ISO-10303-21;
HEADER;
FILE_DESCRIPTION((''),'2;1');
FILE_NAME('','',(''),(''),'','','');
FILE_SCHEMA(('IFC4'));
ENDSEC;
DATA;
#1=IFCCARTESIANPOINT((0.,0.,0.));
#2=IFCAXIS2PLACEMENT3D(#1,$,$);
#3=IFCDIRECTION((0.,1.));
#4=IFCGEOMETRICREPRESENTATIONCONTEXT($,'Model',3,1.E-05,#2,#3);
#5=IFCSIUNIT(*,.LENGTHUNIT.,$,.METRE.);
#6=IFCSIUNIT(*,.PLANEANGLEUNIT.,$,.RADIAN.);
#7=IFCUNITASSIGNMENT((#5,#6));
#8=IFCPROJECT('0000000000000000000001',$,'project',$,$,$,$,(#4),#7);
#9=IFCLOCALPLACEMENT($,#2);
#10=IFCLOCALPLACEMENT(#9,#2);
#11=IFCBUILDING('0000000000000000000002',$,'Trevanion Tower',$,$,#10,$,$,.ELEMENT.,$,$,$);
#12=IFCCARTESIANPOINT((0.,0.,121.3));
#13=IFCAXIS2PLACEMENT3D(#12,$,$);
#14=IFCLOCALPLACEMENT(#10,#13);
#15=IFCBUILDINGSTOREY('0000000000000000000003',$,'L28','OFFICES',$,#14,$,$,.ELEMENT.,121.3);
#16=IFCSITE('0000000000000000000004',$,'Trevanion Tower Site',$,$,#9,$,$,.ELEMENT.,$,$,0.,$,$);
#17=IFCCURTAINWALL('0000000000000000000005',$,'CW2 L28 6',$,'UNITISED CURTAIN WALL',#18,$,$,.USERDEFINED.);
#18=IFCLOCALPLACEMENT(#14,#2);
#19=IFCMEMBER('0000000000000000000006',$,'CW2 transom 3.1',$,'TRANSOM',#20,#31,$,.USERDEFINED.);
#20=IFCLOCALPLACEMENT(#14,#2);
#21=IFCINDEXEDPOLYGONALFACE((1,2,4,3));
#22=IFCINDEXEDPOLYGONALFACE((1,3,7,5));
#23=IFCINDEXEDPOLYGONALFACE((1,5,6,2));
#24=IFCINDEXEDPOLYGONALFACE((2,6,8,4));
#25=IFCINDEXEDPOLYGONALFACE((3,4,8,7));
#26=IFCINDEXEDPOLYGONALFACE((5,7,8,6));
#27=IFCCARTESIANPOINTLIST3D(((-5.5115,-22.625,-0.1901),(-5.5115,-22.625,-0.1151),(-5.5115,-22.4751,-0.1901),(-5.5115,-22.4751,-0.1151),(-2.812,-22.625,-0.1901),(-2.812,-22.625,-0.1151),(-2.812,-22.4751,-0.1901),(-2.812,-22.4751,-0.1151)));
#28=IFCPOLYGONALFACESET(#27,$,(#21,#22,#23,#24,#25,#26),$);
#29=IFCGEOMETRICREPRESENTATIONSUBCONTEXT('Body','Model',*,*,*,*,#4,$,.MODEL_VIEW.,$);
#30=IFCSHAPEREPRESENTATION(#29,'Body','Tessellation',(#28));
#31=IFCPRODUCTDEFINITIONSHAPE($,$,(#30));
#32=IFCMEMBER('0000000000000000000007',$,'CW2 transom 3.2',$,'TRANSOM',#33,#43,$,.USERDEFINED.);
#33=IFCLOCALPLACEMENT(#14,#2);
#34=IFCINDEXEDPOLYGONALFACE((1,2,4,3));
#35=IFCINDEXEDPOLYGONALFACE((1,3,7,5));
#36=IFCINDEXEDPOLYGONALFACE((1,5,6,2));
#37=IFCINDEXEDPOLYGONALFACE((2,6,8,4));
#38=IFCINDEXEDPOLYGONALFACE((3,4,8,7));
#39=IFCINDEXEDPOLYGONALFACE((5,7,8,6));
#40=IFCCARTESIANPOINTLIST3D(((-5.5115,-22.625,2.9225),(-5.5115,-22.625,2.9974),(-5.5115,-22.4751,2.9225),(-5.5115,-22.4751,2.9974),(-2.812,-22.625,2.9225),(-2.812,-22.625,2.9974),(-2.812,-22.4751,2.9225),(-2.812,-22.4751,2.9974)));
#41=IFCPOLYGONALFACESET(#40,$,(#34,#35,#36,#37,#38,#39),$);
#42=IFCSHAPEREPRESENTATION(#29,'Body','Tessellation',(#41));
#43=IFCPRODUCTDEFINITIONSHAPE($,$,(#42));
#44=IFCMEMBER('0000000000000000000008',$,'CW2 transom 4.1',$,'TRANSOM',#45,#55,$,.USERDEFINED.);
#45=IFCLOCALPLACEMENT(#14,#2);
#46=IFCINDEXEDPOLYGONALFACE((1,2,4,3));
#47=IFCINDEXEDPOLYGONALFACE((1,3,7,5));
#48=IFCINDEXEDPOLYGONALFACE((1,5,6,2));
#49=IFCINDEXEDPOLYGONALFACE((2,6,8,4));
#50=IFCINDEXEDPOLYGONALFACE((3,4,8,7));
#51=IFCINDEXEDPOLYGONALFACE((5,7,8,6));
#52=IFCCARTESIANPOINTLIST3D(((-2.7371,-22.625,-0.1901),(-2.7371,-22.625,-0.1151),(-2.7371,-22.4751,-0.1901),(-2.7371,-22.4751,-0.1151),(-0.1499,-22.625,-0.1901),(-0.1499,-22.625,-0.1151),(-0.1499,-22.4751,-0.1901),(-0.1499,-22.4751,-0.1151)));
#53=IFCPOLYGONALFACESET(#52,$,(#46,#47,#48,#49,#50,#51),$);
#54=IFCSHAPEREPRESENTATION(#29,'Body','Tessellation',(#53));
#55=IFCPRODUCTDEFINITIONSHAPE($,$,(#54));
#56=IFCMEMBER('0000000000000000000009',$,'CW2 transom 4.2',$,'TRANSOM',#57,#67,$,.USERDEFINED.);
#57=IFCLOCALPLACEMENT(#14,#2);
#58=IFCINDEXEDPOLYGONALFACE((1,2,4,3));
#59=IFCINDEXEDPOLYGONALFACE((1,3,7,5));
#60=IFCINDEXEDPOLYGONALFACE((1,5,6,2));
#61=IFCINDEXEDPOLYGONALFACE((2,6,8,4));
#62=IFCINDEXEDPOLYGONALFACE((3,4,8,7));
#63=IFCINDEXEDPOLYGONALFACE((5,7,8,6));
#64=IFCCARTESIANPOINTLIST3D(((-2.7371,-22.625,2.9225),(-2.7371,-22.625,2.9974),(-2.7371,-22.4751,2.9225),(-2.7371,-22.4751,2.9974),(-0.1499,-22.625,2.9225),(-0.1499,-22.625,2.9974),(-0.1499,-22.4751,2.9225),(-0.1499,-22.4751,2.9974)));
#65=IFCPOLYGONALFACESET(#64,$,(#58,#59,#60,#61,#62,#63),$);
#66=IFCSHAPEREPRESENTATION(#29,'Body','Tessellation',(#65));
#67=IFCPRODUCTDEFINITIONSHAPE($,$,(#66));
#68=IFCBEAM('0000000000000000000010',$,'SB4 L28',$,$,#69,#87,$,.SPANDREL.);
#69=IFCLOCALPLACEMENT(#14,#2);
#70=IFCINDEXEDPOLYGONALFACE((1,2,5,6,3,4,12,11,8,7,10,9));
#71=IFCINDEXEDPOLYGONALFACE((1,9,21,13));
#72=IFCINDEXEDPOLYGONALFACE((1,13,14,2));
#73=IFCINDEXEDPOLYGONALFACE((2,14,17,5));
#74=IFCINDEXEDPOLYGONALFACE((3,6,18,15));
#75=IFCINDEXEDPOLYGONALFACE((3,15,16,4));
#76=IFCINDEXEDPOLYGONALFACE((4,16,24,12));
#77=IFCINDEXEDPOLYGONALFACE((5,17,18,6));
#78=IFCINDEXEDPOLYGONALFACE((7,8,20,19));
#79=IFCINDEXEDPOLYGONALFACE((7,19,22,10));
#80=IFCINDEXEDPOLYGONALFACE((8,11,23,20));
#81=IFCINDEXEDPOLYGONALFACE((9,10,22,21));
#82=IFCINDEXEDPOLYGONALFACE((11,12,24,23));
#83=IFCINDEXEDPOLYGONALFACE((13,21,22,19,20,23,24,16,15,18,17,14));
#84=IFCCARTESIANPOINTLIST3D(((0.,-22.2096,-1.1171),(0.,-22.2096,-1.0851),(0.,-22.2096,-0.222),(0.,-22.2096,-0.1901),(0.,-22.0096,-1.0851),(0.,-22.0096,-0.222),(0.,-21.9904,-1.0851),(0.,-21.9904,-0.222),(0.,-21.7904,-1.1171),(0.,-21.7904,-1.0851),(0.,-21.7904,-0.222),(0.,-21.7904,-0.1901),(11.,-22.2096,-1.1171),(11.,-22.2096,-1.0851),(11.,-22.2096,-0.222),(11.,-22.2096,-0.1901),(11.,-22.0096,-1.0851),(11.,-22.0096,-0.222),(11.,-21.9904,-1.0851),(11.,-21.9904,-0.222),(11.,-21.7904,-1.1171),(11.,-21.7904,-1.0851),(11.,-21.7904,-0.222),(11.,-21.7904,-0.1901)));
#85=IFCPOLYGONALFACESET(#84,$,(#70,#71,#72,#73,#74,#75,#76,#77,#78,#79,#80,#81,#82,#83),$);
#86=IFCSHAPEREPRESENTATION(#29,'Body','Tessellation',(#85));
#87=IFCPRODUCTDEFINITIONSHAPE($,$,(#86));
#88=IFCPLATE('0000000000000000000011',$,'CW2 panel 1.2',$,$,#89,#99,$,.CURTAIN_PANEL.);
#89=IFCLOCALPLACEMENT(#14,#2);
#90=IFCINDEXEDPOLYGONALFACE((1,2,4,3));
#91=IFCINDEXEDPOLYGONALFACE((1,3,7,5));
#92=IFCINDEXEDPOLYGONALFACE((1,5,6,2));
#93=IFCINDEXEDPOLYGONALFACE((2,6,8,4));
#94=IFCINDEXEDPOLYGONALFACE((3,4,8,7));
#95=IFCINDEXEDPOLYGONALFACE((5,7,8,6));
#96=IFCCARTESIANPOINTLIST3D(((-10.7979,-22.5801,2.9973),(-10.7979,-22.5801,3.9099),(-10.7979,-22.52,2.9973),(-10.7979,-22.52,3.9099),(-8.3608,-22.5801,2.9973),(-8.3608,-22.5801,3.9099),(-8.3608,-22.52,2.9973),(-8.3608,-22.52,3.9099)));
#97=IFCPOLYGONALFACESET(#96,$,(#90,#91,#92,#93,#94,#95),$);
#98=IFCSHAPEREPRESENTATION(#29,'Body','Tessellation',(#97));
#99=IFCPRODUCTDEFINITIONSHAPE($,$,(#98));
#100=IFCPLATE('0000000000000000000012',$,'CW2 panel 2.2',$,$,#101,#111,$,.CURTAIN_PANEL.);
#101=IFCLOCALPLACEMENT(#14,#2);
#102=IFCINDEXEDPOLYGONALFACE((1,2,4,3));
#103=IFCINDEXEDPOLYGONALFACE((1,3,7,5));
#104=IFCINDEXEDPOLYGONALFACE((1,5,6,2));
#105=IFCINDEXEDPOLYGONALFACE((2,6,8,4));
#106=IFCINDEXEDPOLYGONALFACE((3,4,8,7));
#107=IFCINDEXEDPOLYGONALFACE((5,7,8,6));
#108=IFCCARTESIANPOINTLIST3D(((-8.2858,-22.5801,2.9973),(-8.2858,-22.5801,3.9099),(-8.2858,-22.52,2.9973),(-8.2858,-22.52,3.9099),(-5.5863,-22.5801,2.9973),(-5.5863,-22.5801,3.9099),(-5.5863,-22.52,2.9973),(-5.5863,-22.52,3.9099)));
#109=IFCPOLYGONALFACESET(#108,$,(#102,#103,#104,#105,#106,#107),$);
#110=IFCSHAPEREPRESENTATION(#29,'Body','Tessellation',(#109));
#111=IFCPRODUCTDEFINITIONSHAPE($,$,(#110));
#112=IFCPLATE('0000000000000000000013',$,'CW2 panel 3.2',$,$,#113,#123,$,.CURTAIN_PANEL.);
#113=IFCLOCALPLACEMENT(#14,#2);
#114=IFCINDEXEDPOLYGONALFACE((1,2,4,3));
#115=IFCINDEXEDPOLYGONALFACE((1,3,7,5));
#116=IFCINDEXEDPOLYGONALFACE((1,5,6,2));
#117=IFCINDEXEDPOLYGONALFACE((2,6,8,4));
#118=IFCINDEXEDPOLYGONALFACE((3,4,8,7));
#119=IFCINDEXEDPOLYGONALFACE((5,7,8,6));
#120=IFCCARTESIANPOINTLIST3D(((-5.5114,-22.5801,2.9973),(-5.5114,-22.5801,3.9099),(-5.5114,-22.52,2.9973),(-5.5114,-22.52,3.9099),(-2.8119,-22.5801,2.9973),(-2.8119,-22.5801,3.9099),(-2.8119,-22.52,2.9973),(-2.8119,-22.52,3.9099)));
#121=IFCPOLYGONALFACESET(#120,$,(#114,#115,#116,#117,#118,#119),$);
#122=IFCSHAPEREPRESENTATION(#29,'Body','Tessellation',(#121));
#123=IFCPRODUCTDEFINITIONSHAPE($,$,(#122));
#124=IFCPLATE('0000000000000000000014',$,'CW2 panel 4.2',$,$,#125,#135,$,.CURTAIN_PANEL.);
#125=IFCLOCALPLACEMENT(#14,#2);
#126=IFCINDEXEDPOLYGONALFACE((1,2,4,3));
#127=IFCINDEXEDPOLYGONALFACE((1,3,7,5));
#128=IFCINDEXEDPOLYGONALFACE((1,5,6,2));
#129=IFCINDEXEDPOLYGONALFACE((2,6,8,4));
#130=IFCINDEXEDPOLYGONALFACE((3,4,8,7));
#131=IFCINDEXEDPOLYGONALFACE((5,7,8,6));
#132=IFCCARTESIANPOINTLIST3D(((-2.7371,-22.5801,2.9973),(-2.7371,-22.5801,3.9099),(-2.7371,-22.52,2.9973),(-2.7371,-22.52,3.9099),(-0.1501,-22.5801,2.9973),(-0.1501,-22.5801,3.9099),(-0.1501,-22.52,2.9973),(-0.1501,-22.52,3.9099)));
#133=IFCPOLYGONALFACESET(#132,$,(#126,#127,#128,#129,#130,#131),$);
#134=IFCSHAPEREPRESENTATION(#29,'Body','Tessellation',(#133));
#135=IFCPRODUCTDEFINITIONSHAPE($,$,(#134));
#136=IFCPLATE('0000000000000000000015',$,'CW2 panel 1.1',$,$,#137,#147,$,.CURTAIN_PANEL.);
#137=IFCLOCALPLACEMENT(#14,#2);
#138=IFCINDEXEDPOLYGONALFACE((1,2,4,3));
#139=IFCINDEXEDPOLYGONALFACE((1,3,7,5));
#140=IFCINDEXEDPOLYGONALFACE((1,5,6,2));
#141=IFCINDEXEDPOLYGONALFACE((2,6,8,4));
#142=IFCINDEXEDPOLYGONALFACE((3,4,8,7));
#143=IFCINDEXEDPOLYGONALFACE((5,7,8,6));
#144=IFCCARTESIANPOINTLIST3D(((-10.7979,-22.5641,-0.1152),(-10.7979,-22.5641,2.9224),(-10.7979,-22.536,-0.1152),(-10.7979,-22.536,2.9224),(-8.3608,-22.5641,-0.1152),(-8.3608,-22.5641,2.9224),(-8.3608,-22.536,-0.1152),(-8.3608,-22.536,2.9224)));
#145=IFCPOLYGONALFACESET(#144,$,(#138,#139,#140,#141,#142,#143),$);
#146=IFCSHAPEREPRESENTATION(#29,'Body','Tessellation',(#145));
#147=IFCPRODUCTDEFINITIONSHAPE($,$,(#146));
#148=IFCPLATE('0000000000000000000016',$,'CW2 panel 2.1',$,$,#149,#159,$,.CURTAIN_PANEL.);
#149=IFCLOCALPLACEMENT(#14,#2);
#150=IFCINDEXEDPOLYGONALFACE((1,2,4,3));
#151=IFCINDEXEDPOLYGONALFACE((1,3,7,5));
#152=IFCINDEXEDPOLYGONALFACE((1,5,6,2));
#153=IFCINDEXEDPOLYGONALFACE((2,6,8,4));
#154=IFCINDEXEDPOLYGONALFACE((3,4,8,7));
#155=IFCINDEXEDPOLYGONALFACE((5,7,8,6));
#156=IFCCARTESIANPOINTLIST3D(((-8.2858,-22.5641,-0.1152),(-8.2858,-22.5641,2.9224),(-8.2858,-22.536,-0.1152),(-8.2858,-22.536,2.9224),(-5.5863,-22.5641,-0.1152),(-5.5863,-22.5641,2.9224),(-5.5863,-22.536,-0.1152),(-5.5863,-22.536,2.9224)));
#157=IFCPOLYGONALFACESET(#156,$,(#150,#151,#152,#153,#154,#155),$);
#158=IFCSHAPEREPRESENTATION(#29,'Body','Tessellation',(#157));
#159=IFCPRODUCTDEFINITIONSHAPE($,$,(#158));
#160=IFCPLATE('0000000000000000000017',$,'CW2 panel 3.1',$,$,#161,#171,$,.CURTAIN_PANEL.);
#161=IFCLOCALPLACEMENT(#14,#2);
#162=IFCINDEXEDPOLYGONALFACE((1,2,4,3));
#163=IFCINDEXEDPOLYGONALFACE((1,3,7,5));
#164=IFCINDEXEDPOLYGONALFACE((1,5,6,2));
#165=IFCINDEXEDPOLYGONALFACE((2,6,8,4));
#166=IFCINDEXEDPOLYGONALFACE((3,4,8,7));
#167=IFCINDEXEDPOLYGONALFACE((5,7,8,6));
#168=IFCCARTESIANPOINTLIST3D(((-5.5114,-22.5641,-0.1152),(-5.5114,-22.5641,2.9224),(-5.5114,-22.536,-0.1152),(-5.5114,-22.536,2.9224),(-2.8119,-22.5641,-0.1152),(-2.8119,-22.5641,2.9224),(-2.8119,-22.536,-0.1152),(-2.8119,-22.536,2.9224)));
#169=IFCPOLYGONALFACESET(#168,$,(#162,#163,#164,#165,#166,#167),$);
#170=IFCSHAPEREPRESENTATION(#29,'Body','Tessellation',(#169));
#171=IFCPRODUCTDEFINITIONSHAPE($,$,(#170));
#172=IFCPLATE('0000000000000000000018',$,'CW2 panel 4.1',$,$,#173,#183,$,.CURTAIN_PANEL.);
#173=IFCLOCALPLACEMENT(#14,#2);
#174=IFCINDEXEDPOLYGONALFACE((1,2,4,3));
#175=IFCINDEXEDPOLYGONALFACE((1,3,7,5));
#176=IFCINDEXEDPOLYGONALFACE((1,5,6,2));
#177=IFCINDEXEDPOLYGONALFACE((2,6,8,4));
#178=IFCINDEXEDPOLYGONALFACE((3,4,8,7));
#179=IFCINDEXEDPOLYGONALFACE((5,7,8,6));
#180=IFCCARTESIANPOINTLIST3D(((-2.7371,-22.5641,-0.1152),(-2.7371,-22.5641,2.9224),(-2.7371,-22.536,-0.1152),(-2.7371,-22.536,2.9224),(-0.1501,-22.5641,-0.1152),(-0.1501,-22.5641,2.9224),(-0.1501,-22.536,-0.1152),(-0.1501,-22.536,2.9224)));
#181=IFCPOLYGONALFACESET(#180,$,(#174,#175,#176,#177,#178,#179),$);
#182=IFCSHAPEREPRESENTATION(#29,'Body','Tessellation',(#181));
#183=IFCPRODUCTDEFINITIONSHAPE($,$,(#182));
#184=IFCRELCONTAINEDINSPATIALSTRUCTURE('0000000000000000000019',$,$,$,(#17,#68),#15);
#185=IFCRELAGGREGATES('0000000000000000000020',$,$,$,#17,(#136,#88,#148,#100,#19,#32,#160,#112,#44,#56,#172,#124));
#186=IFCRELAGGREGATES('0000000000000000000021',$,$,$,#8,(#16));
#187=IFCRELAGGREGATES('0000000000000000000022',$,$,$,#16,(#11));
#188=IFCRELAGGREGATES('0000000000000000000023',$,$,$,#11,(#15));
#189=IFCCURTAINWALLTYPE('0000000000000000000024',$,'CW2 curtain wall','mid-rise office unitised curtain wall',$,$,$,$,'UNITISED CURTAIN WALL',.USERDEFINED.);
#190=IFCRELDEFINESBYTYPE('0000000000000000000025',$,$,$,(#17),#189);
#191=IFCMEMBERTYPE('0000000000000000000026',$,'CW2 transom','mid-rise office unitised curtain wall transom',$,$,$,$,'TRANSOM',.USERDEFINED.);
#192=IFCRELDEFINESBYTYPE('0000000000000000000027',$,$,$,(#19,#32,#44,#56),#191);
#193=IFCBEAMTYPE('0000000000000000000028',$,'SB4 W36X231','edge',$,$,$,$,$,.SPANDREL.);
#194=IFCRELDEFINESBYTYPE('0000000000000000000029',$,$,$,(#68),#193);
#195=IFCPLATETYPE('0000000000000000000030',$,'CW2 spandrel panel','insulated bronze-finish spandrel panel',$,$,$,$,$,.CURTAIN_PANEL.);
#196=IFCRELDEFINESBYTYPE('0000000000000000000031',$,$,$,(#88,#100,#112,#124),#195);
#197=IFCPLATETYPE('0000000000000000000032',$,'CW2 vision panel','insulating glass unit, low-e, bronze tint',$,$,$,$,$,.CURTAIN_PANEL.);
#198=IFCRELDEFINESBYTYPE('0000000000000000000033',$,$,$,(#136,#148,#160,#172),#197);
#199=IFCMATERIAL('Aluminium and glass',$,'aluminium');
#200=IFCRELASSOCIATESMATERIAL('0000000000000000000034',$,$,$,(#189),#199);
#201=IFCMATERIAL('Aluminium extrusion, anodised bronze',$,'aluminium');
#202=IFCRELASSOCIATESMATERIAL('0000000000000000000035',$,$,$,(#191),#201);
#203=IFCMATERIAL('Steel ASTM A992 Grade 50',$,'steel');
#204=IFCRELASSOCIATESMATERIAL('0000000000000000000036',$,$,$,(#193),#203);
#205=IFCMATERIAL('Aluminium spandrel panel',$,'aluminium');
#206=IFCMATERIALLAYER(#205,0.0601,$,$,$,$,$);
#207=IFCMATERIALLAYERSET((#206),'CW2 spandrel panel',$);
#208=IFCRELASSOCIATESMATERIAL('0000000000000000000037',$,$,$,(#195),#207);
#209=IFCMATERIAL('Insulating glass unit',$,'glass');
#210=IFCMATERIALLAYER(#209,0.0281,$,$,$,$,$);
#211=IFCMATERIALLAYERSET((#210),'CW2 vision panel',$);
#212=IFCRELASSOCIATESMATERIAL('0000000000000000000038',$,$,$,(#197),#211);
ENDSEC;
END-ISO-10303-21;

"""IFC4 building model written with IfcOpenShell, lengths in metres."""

from ifc_helpers import new_model, si_unit, direction, frame, origin, origin_2d, place, context, subcontext, project, spatial, rectangle, i_section, extrude, material, layer, layer_set, material_profile, profile_set, type_object, element, aggregate, save


model = new_model("IFC4")

# Units and contexts
model_context = context("Model", 3, precision=1e-05, world=origin(), true_north=direction((0.0, 1.0)))
body_context = subcontext(model_context, "Body", "Model", "MODEL_VIEW")
ifc_project = project(units=[si_unit("LENGTHUNIT", "METRE"), si_unit("PLANEANGLEUNIT", "RADIAN")], contexts=[model_context])

# Site, building, storey
site_placement = place(None, origin())
site = spatial("IfcSite", under=ifc_project, at=site_placement, Name="Trevanion Tower Site", CompositionType="ELEMENT", RefElevation=0.0)
building_placement = place(site_placement, origin())
building = spatial("IfcBuilding", under=site, at=building_placement, Name="Trevanion Tower", CompositionType="ELEMENT")
storey_placement = place(building_placement, frame((0.0, 0.0, 121.3)))
storey = spatial("IfcBuildingStorey", under=building, at=storey_placement, Name="L28", Description="OFFICES", CompositionType="ELEMENT", Elevation=121.3)

# Curtain wall, members
ifc_material_1 = material(Name="Aluminium and glass", Category="aluminium")
curtain_wall_type = type_object("IfcCurtainWallType", Name="CW2 curtain wall", Description="mid-rise office unitised curtain wall", ElementType="UNITISED CURTAIN WALL", PredefinedType="USERDEFINED", material=ifc_material_1)
curtain_wall_placement = place(storey_placement, origin())
curtain_wall = element("IfcCurtainWall", 1, at=curtain_wall_placement, inside=storey, type_object=curtain_wall_type, Name="CW2 L28 6", ObjectType="UNITISED CURTAIN WALL", PredefinedType="USERDEFINED")
ifc_material_2 = material(Name="Aluminium extrusion, anodised bronze", Category="aluminium")
ifc_material_profile_1 = material_profile(ifc_material_2, rectangle(XDim=0.1499, YDim=0.075, at=origin_2d()), Name="CW2 transom")
ifc_profile_set_1 = profile_set([ifc_material_profile_1], Name="Aluminium extrusion, anodised bronze")
member_type_1 = type_object("IfcMemberType", Name="CW2 transom", Description="mid-rise office unitised curtain wall transom", ElementType="TRANSOM", PredefinedType="USERDEFINED", material=ifc_profile_set_1)
member_1_placement = place(storey_placement, frame((-5.5115, -22.55, -0.1526), z_axis=(1.0, 0.0, 0.0), x_axis=(0.0, 1.0, 0.0)))
member_1 = element("IfcMember", 2, at=member_1_placement, type_object=member_type_1, Name="CW2 transom 3.1", ObjectType="TRANSOM", PredefinedType="USERDEFINED", context=body_context, shape_type="SweptSolid", body=[
    extrude(rectangle(XDim=0.1499, YDim=0.075, at=origin_2d()), origin(), (0.0, 0.0, 1.0), 2.6995),
])
member_2_placement = place(storey_placement, frame((-5.5115, -22.55, 2.96), z_axis=(1.0, 0.0, 0.0), x_axis=(0.0, 1.0, 0.0)))
member_2 = element("IfcMember", 3, at=member_2_placement, type_object=member_type_1, Name="CW2 transom 3.2", ObjectType="TRANSOM", PredefinedType="USERDEFINED", context=body_context, shape_type="SweptSolid", body=[
    extrude(rectangle(XDim=0.1499, YDim=0.075, at=origin_2d()), origin(), (0.0, 0.0, 1.0), 2.6995),
])
member_3_placement = place(storey_placement, frame((-2.7371, -22.55, -0.1526), z_axis=(1.0, 0.0, 0.0), x_axis=(0.0, 1.0, 0.0)))
member_3 = element("IfcMember", 4, at=member_3_placement, type_object=member_type_1, Name="CW2 transom 4.1", ObjectType="TRANSOM", PredefinedType="USERDEFINED", context=body_context, shape_type="SweptSolid", body=[
    extrude(rectangle(XDim=0.1499, YDim=0.075, at=origin_2d()), origin(), (0.0, 0.0, 1.0), 2.5872),
])
member_4_placement = place(storey_placement, frame((-2.7371, -22.55, 2.96), z_axis=(1.0, 0.0, 0.0), x_axis=(0.0, 1.0, 0.0)))
member_4 = element("IfcMember", 5, at=member_4_placement, type_object=member_type_1, Name="CW2 transom 4.2", ObjectType="TRANSOM", PredefinedType="USERDEFINED", context=body_context, shape_type="SweptSolid", body=[
    extrude(rectangle(XDim=0.1499, YDim=0.075, at=origin_2d()), origin(), (0.0, 0.0, 1.0), 2.5872),
])

# Beam
ifc_material_3 = material(Name="Steel ASTM A992 Grade 50", Category="steel")
ifc_material_profile_2 = material_profile(ifc_material_3, i_section(OverallWidth=0.4192, OverallDepth=0.927, WebThickness=0.0193, FlangeThickness=0.032, at=origin_2d()), Name="W36X231")
ifc_profile_set_2 = profile_set([ifc_material_profile_2], Name="Steel ASTM A992 Grade 50")
beam_type_1 = type_object("IfcBeamType", Name="SB4 W36X231", Description="edge", PredefinedType="SPANDREL", material=ifc_profile_set_2)
beam_placement = place(storey_placement, frame((0.0, -22.0, -0.6536), z_axis=(1.0, 0.0, 0.0), x_axis=(0.0, 1.0, 0.0)))
element("IfcBeam", 6, at=beam_placement, inside=storey, type_object=beam_type_1, Name="SB4 L28", PredefinedType="SPANDREL", context=body_context, shape_type="SweptSolid", body=[
    extrude(i_section(OverallWidth=0.4192, OverallDepth=0.927, WebThickness=0.0193, FlangeThickness=0.032, at=origin_2d()), origin(), (0.0, 0.0, 1.0), 11.0),
])

# Plates
ifc_material_4 = material(Name="Aluminium spandrel panel", Category="aluminium")
ifc_layer_1 = layer(ifc_material_4, 0.0601)
ifc_layer_set_1 = layer_set([ifc_layer_1], Name="CW2 spandrel panel")
plate_type_1 = type_object("IfcPlateType", Name="CW2 spandrel panel", Description="insulated bronze-finish spandrel panel", PredefinedType="CURTAIN_PANEL", material=ifc_layer_set_1)
plate_1_placement = place(storey_placement, frame((-9.5793, -22.55, 2.9973), z_axis=(0.0, 0.0, 1.0), x_axis=(1.0, 0.0, 0.0)))
plate_1 = element("IfcPlate", 7, at=plate_1_placement, type_object=plate_type_1, Name="CW2 panel 1.2", PredefinedType="CURTAIN_PANEL", context=body_context, shape_type="SweptSolid", body=[
    extrude(rectangle(XDim=2.437, YDim=0.0601, at=origin_2d()), origin(), (0.0, 0.0, 1.0), 0.9126),
])
plate_2_placement = place(storey_placement, frame((-6.936, -22.55, 2.9973), z_axis=(0.0, 0.0, 1.0), x_axis=(1.0, 0.0, 0.0)))
plate_2 = element("IfcPlate", 8, at=plate_2_placement, type_object=plate_type_1, Name="CW2 panel 2.2", PredefinedType="CURTAIN_PANEL", context=body_context, shape_type="SweptSolid", body=[
    extrude(rectangle(XDim=2.6995, YDim=0.0601, at=origin_2d()), origin(), (0.0, 0.0, 1.0), 0.9126),
])
plate_3_placement = place(storey_placement, frame((-4.1616, -22.55, 2.9973), z_axis=(0.0, 0.0, 1.0), x_axis=(1.0, 0.0, 0.0)))
plate_3 = element("IfcPlate", 9, at=plate_3_placement, type_object=plate_type_1, Name="CW2 panel 3.2", PredefinedType="CURTAIN_PANEL", context=body_context, shape_type="SweptSolid", body=[
    extrude(rectangle(XDim=2.6995, YDim=0.0601, at=origin_2d()), origin(), (0.0, 0.0, 1.0), 0.9126),
])
plate_4_placement = place(storey_placement, frame((-1.4436, -22.55, 2.9973), z_axis=(0.0, 0.0, 1.0), x_axis=(1.0, 0.0, 0.0)))
plate_4 = element("IfcPlate", 10, at=plate_4_placement, type_object=plate_type_1, Name="CW2 panel 4.2", PredefinedType="CURTAIN_PANEL", context=body_context, shape_type="SweptSolid", body=[
    extrude(rectangle(XDim=2.5869, YDim=0.0601, at=origin_2d()), origin(), (0.0, 0.0, 1.0), 0.9126),
])
ifc_material_5 = material(Name="Insulating glass unit", Category="glass")
ifc_layer_2 = layer(ifc_material_5, 0.0281)
ifc_layer_set_2 = layer_set([ifc_layer_2], Name="CW2 vision panel")
plate_type_2 = type_object("IfcPlateType", Name="CW2 vision panel", Description="insulating glass unit, low-e, bronze tint", PredefinedType="CURTAIN_PANEL", material=ifc_layer_set_2)
plate_5_placement = place(storey_placement, frame((-9.5793, -22.55, -0.1152), z_axis=(0.0, 0.0, 1.0), x_axis=(1.0, 0.0, 0.0)))
plate_5 = element("IfcPlate", 11, at=plate_5_placement, type_object=plate_type_2, Name="CW2 panel 1.1", PredefinedType="CURTAIN_PANEL", context=body_context, shape_type="SweptSolid", body=[
    extrude(rectangle(XDim=2.437, YDim=0.0281, at=origin_2d()), origin(), (0.0, 0.0, 1.0), 3.0376),
])
plate_6_placement = place(storey_placement, frame((-6.936, -22.55, -0.1152), z_axis=(0.0, 0.0, 1.0), x_axis=(1.0, 0.0, 0.0)))
plate_6 = element("IfcPlate", 12, at=plate_6_placement, type_object=plate_type_2, Name="CW2 panel 2.1", PredefinedType="CURTAIN_PANEL", context=body_context, shape_type="SweptSolid", body=[
    extrude(rectangle(XDim=2.6995, YDim=0.0281, at=origin_2d()), origin(), (0.0, 0.0, 1.0), 3.0376),
])
plate_7_placement = place(storey_placement, frame((-4.1616, -22.55, -0.1152), z_axis=(0.0, 0.0, 1.0), x_axis=(1.0, 0.0, 0.0)))
plate_7 = element("IfcPlate", 13, at=plate_7_placement, type_object=plate_type_2, Name="CW2 panel 3.1", PredefinedType="CURTAIN_PANEL", context=body_context, shape_type="SweptSolid", body=[
    extrude(rectangle(XDim=2.6995, YDim=0.0281, at=origin_2d()), origin(), (0.0, 0.0, 1.0), 3.0376),
])
plate_8_placement = place(storey_placement, frame((-1.4436, -22.55, -0.1152), z_axis=(0.0, 0.0, 1.0), x_axis=(1.0, 0.0, 0.0)))
plate_8 = element("IfcPlate", 14, at=plate_8_placement, type_object=plate_type_2, Name="CW2 panel 4.1", PredefinedType="CURTAIN_PANEL", context=body_context, shape_type="SweptSolid", body=[
    extrude(rectangle(XDim=2.5869, YDim=0.0281, at=origin_2d()), origin(), (0.0, 0.0, 1.0), 3.0376),
])
aggregate(curtain_wall, [plate_5, plate_1, plate_6, plate_2, member_1, member_2, plate_7, plate_3, member_3, member_4, plate_8, plate_4])

save(model, "model.ifc")
